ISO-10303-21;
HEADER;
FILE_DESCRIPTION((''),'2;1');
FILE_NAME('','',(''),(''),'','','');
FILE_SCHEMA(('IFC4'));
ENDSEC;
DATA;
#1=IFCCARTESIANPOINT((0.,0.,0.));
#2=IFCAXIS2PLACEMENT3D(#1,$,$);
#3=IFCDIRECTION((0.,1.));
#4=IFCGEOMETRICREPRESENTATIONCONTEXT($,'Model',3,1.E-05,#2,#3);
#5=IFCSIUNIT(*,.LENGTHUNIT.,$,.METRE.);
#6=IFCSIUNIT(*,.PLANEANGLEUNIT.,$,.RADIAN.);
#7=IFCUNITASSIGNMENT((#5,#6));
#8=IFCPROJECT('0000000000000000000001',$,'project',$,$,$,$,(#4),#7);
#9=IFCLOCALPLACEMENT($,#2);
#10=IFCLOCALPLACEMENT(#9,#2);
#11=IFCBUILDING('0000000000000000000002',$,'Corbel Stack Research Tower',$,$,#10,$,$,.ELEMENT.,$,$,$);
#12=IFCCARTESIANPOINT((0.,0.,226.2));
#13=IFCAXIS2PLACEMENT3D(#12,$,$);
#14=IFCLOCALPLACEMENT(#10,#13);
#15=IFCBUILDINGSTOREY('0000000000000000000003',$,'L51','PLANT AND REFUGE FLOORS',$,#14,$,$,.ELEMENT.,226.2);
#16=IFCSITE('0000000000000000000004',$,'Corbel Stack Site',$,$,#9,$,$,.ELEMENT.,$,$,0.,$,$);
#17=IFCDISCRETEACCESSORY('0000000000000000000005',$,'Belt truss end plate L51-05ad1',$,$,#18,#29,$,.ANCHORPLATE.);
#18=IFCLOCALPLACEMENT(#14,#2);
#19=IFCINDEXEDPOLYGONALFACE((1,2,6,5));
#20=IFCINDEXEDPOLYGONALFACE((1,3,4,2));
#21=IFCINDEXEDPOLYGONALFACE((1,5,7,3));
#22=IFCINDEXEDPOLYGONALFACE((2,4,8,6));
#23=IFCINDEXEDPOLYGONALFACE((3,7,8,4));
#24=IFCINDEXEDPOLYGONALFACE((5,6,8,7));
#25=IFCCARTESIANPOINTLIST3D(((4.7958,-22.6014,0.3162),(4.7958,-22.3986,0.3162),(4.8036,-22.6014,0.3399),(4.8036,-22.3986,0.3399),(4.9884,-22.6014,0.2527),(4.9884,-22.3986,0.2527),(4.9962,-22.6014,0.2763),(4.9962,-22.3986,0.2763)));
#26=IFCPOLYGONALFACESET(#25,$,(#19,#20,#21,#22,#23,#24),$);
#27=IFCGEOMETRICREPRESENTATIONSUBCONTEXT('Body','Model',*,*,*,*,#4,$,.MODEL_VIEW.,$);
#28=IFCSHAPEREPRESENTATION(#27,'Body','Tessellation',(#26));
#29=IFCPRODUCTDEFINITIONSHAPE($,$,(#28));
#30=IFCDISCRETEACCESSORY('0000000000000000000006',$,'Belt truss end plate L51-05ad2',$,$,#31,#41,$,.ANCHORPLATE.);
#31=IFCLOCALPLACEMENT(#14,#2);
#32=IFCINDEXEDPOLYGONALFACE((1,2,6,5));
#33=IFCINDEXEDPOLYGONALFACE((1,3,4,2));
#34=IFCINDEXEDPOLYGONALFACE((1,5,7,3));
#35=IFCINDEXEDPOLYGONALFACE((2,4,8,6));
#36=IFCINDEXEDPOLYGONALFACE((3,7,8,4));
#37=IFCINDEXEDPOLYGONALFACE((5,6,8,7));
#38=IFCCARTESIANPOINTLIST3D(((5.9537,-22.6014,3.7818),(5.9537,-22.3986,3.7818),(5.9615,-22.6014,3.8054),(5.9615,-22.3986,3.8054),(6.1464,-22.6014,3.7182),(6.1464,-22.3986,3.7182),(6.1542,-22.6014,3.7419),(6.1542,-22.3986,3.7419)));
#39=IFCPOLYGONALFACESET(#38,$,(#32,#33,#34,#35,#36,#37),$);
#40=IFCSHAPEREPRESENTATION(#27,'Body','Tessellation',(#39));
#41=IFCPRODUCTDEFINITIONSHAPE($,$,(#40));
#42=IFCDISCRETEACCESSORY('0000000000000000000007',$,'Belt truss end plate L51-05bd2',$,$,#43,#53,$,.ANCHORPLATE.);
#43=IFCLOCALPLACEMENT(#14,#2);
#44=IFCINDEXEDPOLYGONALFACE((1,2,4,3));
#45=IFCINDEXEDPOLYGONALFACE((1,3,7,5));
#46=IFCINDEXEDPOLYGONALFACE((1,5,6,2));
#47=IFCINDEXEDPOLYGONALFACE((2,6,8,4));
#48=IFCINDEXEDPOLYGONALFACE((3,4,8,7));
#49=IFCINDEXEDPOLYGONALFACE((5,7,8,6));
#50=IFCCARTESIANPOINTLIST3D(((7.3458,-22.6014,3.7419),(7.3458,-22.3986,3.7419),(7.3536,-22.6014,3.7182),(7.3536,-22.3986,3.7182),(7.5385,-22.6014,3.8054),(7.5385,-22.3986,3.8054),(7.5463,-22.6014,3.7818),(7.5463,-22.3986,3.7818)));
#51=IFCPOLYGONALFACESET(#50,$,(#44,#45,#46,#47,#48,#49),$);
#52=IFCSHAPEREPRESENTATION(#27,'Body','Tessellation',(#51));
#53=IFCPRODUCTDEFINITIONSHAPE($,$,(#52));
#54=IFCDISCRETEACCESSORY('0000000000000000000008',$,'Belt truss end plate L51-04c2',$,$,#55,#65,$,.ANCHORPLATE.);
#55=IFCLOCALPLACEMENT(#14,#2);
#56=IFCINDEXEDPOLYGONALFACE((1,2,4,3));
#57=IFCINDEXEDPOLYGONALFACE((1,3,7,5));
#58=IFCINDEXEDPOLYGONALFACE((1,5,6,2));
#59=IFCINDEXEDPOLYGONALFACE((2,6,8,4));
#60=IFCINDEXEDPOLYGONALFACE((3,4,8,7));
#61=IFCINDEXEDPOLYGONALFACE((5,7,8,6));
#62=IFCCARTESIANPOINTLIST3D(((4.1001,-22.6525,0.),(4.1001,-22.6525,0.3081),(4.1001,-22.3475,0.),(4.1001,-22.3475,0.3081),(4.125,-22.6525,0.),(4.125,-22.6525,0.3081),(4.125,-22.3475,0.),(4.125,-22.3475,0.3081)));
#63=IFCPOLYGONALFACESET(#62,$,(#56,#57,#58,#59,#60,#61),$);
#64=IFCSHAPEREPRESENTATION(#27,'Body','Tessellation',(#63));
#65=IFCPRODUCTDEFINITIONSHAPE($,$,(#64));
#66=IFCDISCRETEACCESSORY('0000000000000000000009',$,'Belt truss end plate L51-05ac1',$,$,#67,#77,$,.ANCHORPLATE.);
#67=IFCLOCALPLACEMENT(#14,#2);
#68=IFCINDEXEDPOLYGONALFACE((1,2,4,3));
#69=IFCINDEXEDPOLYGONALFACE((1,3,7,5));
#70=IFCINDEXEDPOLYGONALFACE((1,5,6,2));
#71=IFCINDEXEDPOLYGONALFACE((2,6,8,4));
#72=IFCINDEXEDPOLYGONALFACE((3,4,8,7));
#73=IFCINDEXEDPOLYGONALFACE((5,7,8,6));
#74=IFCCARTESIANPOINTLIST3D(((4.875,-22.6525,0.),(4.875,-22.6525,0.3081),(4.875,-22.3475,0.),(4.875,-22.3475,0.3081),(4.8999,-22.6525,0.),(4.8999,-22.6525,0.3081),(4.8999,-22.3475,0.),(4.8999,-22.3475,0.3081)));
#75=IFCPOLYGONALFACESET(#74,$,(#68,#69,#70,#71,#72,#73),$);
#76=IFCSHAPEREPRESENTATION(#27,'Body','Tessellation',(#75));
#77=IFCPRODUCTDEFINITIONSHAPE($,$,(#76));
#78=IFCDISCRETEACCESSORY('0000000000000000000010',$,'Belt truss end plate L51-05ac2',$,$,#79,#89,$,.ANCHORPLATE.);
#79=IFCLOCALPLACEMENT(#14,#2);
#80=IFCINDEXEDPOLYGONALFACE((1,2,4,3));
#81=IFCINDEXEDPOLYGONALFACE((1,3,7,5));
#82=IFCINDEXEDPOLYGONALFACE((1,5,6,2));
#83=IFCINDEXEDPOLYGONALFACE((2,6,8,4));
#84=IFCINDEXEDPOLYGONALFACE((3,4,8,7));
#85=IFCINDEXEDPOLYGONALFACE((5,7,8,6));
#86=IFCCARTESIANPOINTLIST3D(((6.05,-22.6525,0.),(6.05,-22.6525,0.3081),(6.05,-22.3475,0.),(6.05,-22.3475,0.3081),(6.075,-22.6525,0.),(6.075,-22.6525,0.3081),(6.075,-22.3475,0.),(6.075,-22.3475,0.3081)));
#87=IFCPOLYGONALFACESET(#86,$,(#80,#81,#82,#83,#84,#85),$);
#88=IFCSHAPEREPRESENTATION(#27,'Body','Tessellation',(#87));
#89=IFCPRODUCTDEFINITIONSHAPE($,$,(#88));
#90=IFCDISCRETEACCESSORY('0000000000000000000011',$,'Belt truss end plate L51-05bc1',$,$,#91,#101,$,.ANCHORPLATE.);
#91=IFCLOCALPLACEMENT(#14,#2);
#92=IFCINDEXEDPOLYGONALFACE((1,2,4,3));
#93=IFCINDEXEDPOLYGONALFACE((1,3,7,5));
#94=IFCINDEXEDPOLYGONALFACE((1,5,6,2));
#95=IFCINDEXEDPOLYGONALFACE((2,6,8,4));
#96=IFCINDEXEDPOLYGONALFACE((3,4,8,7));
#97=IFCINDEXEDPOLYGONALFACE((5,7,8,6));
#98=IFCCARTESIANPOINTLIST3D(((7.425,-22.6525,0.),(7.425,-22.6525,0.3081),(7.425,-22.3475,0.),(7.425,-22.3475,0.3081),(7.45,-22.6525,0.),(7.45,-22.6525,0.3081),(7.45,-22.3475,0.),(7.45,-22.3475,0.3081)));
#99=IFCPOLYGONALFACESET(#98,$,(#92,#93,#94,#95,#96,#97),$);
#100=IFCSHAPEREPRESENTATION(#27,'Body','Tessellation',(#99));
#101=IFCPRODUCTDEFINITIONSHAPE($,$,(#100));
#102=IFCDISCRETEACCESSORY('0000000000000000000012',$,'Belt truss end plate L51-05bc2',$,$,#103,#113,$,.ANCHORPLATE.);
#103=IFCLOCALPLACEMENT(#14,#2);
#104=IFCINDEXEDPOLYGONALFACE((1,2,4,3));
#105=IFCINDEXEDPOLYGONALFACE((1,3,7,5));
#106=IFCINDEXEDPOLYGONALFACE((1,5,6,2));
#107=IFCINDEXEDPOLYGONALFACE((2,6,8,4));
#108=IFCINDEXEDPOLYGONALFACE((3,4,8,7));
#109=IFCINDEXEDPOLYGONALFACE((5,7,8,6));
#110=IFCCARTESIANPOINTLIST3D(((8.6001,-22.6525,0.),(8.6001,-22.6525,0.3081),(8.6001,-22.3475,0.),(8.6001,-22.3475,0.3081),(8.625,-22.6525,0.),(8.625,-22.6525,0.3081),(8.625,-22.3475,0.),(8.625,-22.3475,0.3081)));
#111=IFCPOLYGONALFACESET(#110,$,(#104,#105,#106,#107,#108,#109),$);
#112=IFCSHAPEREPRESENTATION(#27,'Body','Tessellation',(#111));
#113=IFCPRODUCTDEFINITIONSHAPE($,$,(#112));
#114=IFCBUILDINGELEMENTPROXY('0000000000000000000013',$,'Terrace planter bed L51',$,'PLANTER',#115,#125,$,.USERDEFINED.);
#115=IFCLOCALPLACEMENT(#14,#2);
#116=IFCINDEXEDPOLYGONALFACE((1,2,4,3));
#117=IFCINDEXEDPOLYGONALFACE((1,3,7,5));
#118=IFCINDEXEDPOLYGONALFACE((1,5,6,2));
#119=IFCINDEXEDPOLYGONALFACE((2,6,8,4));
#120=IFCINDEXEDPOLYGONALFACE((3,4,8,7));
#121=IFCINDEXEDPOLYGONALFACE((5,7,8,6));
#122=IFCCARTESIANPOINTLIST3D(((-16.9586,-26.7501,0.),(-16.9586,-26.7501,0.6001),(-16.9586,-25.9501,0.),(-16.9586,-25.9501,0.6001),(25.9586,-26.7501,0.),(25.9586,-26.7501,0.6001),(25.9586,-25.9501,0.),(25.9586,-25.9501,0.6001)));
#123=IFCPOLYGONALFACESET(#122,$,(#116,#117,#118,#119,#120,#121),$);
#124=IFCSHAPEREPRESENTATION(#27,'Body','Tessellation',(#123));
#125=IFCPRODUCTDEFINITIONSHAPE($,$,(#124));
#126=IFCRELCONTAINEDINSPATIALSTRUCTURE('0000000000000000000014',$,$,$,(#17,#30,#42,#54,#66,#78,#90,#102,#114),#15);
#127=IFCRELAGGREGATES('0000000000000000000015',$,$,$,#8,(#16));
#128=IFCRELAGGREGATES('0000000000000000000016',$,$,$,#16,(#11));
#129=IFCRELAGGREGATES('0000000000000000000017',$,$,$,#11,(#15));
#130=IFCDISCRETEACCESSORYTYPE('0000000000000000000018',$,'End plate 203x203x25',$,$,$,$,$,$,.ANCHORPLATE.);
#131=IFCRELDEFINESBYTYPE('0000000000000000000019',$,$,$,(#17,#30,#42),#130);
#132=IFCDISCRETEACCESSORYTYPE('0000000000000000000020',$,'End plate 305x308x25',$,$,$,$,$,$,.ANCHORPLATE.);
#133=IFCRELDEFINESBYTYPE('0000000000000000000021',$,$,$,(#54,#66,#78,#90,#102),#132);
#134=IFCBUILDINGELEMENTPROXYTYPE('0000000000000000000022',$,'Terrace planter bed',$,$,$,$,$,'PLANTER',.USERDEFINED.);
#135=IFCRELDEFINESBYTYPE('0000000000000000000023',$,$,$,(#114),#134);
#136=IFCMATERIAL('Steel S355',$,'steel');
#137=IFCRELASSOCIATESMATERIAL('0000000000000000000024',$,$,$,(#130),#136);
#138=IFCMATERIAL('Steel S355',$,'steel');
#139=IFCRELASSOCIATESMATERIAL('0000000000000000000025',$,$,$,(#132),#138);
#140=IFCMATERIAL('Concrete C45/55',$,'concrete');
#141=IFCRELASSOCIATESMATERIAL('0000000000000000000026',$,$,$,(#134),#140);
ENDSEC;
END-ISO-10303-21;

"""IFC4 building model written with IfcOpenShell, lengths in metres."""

from ifc_helpers import new_model, si_unit, direction, frame, origin, origin_2d, place, context, subcontext, project, spatial, rectangle, extrude, material, material_profile, profile_set, type_object, element, save


model = new_model("IFC4")

# Units and contexts
model_context = context("Model", 3, precision=1e-05, world=origin(), true_north=direction((0.0, 1.0)))
body_context = subcontext(model_context, "Body", "Model", "MODEL_VIEW")
ifc_project = project(units=[si_unit("LENGTHUNIT", "METRE"), si_unit("PLANEANGLEUNIT", "RADIAN")], contexts=[model_context])

# Site, building, storey
site_placement = place(None, origin())
site = spatial("IfcSite", under=ifc_project, at=site_placement, Name="Corbel Stack Site", CompositionType="ELEMENT", RefElevation=0.0)
building_placement = place(site_placement, origin())
building = spatial("IfcBuilding", under=site, at=building_placement, Name="Corbel Stack Research Tower", CompositionType="ELEMENT")
storey_placement = place(building_placement, frame((0.0, 0.0, 226.2)))
storey = spatial("IfcBuildingStorey", under=building, at=storey_placement, Name="L51", Description="PLANT AND REFUGE FLOORS", CompositionType="ELEMENT", Elevation=226.2)

# Discrete accessories
ifc_material_1 = material(Name="Steel S355", Category="steel")
ifc_material_profile_1 = material_profile(ifc_material_1, rectangle(XDim=0.2029, YDim=0.2029, at=origin_2d()), Name="End plate 203x203x25")
ifc_profile_set_1 = profile_set([ifc_material_profile_1], Name="Steel S355")
discrete_accessory_type_1 = type_object("IfcDiscreteAccessoryType", Name="End plate 203x203x25", PredefinedType="ANCHORPLATE", material=ifc_profile_set_1)
for number, where, z_axis, x_axis, name in (
    (1, (4.8999, -22.5, 0.3081), (-0.313289, 0.0, -0.949658), (0.0, -1.0, 0.0), "Belt truss end plate L51-05ad1"),
    (2, (6.05, -22.5, 3.75), (0.313289, 0.0, 0.949658), (0.0, 1.0, 0.0), "Belt truss end plate L51-05ad2"),
    (3, (7.45, -22.5, 3.75), (-0.313289, 0.0, 0.949658), (0.0, -1.0, 0.0), "Belt truss end plate L51-05bd2"),
):
    element("IfcDiscreteAccessory", number, at=place(storey_placement, frame(where, z_axis=z_axis, x_axis=x_axis)), inside=storey, type_object=discrete_accessory_type_1, Name=name, PredefinedType="ANCHORPLATE", context=body_context, shape_type="SweptSolid", body=[
        extrude(rectangle(XDim=0.2029, YDim=0.2029, at=origin_2d()), origin(), (0.0, 0.0, 1.0), 0.0249),
    ])
ifc_material_2 = material(Name="Steel S355", Category="steel")
ifc_material_profile_2 = material_profile(ifc_material_2, rectangle(XDim=0.3049, YDim=0.3081, at=origin_2d()), Name="End plate 305x308x25")
ifc_profile_set_2 = profile_set([ifc_material_profile_2], Name="Steel S355")
discrete_accessory_type_2 = type_object("IfcDiscreteAccessoryType", Name="End plate 305x308x25", PredefinedType="ANCHORPLATE", material=ifc_profile_set_2)
for number, where, z_axis, x_axis, name in (
    (4, (4.1001, -22.5, 0.1541), (1.0, 0.0, 0.0), (0.0, 1.0, 0.0), "Belt truss end plate L51-04c2"),
    (5, (4.8999, -22.5, 0.1541), (-1.0, 0.0, 0.0), (0.0, -1.0, 0.0), "Belt truss end plate L51-05ac1"),
    (6, (6.05, -22.5, 0.1541), (1.0, 0.0, 0.0), (0.0, 1.0, 0.0), "Belt truss end plate L51-05ac2"),
    (7, (7.45, -22.5, 0.1541), (-1.0, 0.0, 0.0), (0.0, -1.0, 0.0), "Belt truss end plate L51-05bc1"),
    (8, (8.6001, -22.5, 0.1541), (1.0, 0.0, 0.0), (0.0, 1.0, 0.0), "Belt truss end plate L51-05bc2"),
):
    element("IfcDiscreteAccessory", number, at=place(storey_placement, frame(where, z_axis=z_axis, x_axis=x_axis)), inside=storey, type_object=discrete_accessory_type_2, Name=name, PredefinedType="ANCHORPLATE", context=body_context, shape_type="SweptSolid", body=[
        extrude(rectangle(XDim=0.3049, YDim=0.3081, at=origin_2d()), origin(), (0.0, 0.0, 1.0), 0.0249),
    ])

# Building element proxy
ifc_material_3 = material(Name="Concrete C45/55", Category="concrete")
building_element_proxy_type = type_object("IfcBuildingElementProxyType", Name="Terrace planter bed", ElementType="PLANTER", PredefinedType="USERDEFINED", material=ifc_material_3)
proxy_placement = place(storey_placement, frame((4.5, -26.3501, 0.0), z_axis=(0.0, 0.0, 1.0), x_axis=(-1.0, 0.0, 0.0)))
element("IfcBuildingElementProxy", 9, at=proxy_placement, inside=storey, type_object=building_element_proxy_type, Name="Terrace planter bed L51", ObjectType="PLANTER", PredefinedType="USERDEFINED", context=body_context, shape_type="SweptSolid", body=[
    extrude(rectangle(XDim=42.9172, YDim=0.8, at=origin_2d()), origin(), (0.0, 0.0, 1.0), 0.6001),
])

save(model, "model.ifc")
